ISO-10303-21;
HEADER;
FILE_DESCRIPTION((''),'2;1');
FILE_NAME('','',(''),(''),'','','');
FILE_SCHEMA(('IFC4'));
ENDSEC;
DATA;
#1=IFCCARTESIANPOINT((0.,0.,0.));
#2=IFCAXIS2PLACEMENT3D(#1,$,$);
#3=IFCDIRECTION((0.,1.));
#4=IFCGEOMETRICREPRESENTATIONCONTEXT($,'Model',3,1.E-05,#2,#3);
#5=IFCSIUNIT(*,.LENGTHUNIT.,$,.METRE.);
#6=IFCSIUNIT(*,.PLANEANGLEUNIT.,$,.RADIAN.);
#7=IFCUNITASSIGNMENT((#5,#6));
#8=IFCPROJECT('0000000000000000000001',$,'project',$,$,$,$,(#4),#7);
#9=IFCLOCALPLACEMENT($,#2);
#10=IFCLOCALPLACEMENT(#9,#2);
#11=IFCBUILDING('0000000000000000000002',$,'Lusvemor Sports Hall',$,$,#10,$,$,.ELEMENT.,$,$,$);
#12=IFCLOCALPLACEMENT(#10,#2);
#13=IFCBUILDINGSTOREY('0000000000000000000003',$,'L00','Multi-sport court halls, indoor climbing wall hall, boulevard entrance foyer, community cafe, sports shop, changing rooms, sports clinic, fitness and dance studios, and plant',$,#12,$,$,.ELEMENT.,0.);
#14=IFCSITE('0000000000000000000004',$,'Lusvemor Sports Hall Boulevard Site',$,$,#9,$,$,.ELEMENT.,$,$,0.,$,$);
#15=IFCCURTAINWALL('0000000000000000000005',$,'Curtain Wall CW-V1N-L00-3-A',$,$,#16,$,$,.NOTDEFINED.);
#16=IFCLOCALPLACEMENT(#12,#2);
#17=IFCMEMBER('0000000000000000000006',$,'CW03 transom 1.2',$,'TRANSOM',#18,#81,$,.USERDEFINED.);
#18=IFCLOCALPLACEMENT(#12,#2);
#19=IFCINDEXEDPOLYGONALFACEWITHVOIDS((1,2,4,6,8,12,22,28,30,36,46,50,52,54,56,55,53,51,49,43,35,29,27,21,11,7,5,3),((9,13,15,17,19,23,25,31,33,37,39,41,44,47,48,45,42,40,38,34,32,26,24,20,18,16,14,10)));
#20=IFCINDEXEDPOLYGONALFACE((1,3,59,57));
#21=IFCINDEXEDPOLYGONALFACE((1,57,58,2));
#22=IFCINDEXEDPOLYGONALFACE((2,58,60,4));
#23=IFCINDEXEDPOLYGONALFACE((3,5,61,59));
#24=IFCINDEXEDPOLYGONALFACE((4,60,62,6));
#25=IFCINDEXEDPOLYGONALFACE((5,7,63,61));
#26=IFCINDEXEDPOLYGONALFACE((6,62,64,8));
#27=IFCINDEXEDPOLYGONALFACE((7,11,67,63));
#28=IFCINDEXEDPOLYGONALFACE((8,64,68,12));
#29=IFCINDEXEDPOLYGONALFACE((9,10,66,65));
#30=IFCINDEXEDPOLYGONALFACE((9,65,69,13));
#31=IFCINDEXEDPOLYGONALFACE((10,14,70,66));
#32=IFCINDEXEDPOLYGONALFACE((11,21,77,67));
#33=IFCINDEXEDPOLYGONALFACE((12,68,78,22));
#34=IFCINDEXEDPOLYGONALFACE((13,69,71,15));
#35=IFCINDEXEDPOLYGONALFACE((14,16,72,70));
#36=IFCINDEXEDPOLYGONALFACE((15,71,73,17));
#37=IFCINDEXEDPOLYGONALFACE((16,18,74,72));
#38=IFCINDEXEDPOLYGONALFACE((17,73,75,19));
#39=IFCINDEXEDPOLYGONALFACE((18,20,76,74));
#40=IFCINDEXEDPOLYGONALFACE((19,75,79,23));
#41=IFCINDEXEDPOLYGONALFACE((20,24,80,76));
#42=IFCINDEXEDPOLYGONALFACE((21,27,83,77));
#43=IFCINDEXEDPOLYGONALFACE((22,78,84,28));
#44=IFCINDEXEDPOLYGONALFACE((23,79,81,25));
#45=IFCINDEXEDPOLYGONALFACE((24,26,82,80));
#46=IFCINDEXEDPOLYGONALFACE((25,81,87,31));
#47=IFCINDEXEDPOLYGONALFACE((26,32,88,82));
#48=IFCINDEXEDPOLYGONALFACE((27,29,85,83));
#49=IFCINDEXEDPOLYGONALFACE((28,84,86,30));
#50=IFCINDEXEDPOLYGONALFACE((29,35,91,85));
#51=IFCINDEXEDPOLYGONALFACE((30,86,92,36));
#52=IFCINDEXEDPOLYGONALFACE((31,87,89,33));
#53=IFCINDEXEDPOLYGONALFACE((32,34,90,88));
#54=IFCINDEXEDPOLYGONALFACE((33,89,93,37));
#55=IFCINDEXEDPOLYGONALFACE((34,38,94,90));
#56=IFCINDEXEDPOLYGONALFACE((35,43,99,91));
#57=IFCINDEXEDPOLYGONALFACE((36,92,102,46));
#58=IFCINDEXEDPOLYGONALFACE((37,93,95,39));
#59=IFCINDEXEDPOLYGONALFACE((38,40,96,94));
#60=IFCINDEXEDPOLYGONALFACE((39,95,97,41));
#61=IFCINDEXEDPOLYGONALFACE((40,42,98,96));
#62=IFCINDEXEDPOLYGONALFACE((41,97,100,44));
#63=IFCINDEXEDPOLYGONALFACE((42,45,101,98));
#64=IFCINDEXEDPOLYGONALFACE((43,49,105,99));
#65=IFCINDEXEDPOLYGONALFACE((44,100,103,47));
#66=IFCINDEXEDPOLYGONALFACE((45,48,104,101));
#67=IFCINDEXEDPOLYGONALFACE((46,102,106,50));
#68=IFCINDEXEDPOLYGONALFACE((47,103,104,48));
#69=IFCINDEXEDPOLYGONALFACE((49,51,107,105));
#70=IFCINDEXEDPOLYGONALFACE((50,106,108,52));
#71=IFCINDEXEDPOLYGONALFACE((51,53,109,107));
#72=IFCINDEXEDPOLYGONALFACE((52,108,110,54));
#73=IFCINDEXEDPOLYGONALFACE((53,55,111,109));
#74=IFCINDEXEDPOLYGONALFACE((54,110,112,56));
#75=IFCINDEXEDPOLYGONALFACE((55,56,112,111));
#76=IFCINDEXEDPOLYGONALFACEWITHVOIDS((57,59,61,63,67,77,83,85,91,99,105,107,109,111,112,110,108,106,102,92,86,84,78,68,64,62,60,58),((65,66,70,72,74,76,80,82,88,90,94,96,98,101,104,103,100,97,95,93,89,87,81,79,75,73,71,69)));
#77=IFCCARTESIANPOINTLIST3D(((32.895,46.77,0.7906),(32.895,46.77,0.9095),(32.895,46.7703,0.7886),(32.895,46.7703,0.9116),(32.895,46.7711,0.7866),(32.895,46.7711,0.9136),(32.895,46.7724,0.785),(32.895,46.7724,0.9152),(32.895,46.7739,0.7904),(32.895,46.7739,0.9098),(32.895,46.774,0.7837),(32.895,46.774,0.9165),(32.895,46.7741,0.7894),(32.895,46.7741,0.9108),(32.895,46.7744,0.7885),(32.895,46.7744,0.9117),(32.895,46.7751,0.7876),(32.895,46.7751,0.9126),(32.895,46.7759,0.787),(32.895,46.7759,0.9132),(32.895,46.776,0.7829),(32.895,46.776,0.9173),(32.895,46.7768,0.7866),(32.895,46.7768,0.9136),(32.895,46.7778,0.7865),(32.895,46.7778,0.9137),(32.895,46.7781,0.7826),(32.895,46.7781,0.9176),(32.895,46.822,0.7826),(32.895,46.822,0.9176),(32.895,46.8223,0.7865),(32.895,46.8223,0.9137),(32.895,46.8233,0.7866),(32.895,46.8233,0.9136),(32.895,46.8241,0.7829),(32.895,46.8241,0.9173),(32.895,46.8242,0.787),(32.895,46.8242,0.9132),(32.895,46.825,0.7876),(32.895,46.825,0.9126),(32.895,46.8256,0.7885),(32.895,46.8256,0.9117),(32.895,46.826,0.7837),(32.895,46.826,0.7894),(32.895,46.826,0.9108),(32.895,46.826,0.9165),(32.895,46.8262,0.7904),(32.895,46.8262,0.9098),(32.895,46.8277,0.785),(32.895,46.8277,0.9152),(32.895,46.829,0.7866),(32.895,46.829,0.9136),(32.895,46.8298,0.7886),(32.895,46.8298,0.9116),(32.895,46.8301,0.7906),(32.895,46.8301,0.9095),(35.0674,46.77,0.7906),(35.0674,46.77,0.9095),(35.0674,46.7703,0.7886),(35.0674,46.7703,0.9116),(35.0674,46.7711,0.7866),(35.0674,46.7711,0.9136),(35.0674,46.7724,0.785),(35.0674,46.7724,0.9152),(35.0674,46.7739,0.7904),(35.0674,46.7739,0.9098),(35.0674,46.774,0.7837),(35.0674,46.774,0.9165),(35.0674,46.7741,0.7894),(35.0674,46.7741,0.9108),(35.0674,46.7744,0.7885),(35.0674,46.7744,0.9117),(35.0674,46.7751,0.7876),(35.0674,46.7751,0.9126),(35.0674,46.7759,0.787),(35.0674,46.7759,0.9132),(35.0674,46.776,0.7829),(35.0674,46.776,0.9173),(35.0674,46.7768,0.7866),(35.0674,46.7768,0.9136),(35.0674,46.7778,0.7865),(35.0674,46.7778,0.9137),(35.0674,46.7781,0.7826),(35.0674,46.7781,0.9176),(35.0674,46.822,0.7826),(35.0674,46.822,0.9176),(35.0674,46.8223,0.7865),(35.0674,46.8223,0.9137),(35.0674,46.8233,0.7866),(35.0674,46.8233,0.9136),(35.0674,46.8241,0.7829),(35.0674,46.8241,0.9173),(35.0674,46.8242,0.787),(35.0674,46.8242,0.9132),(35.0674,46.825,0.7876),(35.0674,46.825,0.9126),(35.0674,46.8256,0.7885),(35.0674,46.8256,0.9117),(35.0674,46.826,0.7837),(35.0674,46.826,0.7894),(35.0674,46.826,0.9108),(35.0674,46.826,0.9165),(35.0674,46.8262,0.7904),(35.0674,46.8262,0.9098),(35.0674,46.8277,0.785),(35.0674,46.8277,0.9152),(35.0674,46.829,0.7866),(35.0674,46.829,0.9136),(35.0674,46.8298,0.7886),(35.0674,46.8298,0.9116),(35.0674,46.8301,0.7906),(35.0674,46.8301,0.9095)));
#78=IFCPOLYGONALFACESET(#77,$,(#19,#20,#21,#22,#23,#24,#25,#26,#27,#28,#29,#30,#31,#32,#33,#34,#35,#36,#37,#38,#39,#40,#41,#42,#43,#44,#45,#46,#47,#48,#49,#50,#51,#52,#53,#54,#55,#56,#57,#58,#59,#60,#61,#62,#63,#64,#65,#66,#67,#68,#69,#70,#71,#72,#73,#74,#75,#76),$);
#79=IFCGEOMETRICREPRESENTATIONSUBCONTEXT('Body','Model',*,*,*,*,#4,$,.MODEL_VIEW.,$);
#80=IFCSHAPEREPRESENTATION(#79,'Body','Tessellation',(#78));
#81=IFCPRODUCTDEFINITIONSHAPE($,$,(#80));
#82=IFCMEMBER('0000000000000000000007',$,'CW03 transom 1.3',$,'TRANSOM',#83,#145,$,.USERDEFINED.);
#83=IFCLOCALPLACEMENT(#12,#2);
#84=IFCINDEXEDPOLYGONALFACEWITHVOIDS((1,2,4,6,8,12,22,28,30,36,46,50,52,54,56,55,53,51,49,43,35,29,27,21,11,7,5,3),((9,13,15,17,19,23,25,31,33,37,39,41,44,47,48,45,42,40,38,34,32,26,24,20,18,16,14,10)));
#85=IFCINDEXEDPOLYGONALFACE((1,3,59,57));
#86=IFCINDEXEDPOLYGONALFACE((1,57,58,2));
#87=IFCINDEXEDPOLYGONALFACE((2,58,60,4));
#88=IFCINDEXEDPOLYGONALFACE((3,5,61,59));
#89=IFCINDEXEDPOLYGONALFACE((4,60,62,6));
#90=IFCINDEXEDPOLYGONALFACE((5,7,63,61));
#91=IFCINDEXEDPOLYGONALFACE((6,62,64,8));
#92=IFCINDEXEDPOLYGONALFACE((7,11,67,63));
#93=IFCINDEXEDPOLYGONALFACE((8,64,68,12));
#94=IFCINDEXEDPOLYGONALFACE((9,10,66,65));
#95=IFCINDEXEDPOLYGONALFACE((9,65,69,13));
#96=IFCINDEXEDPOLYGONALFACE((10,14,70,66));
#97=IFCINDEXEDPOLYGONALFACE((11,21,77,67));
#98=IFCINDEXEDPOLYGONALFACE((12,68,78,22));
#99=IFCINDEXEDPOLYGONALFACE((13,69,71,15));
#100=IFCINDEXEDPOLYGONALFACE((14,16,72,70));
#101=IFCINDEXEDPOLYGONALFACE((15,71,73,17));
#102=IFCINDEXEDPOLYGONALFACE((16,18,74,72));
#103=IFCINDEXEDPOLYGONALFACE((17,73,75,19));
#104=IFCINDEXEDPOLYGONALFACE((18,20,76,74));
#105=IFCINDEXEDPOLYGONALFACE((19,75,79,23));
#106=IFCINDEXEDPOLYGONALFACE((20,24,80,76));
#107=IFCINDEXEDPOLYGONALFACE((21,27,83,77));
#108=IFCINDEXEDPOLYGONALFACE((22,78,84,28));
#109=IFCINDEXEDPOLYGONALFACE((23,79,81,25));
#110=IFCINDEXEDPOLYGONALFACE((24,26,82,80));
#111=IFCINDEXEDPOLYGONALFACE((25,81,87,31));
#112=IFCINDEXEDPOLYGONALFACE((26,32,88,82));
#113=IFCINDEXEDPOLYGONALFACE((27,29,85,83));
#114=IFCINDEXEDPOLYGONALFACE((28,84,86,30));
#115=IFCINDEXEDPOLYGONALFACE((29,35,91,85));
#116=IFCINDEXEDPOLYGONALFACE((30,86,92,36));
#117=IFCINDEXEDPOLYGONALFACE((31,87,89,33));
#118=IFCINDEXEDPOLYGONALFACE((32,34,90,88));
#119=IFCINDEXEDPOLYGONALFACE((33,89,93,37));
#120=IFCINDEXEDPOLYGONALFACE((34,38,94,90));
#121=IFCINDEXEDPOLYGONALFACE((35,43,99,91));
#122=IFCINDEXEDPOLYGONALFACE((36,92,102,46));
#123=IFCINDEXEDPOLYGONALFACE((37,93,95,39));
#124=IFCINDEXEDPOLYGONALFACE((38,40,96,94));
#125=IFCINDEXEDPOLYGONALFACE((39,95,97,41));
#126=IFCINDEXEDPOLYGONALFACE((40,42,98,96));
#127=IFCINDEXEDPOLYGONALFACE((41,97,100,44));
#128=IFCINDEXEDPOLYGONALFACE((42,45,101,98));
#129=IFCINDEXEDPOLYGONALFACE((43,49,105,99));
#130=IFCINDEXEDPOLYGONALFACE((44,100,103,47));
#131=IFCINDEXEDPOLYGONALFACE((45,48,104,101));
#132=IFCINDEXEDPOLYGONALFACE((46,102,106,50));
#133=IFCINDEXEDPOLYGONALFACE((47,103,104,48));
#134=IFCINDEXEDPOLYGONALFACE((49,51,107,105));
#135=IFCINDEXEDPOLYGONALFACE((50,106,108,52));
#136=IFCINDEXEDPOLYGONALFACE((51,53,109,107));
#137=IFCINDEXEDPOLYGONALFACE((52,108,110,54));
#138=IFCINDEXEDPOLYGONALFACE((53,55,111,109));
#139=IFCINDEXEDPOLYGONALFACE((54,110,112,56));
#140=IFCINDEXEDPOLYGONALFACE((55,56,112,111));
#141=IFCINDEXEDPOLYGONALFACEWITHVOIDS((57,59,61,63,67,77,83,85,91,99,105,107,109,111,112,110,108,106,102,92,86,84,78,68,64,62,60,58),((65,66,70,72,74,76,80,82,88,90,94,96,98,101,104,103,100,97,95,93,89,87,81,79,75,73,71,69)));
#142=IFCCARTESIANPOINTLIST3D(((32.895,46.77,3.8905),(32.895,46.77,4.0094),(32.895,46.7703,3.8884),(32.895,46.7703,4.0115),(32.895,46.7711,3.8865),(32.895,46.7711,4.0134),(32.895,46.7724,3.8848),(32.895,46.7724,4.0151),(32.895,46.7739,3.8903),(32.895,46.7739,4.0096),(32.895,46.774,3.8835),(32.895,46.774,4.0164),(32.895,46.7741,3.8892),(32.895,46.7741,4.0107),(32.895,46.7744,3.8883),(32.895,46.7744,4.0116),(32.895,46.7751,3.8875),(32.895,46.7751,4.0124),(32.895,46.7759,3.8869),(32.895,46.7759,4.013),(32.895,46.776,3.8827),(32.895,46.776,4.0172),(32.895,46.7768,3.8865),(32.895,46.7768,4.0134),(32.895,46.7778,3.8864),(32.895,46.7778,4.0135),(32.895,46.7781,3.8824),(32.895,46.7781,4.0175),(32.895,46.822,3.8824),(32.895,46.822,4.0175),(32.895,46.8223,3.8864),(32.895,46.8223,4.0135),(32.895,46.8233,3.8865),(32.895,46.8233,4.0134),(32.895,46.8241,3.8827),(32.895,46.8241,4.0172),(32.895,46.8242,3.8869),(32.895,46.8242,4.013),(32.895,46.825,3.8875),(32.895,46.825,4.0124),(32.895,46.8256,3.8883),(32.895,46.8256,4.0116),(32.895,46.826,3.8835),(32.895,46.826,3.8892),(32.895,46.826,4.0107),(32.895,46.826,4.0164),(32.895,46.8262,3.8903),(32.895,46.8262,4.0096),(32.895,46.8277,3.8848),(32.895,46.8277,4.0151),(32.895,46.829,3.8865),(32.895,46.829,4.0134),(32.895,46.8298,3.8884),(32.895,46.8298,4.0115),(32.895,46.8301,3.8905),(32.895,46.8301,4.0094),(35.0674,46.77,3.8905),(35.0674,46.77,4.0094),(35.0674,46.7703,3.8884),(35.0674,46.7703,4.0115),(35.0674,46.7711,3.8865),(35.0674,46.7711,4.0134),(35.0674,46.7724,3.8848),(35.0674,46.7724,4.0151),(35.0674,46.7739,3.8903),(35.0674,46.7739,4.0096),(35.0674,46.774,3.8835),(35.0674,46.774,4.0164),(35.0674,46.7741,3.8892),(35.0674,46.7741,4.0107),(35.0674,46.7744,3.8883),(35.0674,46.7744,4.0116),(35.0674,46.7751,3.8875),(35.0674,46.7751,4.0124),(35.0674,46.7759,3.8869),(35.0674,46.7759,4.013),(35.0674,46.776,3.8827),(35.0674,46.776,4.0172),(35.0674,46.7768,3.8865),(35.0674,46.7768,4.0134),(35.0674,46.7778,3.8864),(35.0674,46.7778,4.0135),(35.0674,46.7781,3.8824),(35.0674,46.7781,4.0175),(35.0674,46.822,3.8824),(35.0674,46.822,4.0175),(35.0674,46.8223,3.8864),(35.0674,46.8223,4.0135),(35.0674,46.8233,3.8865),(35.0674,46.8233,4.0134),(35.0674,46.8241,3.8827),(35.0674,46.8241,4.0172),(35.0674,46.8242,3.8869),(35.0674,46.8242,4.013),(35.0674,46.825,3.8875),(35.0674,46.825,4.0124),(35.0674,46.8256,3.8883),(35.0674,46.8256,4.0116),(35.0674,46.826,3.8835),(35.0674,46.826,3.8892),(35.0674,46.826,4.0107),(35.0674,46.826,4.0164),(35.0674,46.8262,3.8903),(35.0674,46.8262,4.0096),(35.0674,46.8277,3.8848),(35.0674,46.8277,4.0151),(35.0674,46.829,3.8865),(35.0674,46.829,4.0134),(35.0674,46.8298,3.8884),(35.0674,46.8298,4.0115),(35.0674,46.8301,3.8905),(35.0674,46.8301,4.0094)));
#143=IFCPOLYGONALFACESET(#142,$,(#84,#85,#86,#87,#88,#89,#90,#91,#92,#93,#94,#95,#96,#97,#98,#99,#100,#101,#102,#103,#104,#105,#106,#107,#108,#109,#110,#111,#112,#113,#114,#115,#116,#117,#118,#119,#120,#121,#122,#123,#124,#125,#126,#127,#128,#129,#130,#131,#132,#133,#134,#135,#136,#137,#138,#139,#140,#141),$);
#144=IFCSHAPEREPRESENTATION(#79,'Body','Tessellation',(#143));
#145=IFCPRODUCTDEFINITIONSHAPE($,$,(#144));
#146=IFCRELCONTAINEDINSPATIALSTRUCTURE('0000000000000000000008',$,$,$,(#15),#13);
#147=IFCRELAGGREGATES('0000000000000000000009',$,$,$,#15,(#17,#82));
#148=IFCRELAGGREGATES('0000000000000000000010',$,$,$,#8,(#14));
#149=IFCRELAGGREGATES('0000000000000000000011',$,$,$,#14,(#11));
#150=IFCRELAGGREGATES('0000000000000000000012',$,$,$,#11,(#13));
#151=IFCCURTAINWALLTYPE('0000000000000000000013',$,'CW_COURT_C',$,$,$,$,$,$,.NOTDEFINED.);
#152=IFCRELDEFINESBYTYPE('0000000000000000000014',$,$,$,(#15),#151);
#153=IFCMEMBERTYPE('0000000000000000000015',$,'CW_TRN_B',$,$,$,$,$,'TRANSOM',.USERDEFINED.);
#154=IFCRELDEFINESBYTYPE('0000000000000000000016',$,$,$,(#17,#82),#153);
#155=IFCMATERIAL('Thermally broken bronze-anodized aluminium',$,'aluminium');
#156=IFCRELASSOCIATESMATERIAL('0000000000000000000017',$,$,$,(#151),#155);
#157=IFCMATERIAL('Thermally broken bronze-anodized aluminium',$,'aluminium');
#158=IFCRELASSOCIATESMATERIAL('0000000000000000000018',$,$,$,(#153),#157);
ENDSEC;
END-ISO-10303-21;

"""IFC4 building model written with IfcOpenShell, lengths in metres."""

from ifc_helpers import new_model, si_unit, direction, frame, origin, origin_2d, place, context, subcontext, project, spatial, hollow_rectangle, extrude, material, material_profile, profile_set, type_object, element, aggregate, save


model = new_model("IFC4")

# Units and contexts
model_context = context("Model", 3, precision=1e-05, world=origin(), true_north=direction((0.0, 1.0)))
body_context = subcontext(model_context, "Body", "Model", "MODEL_VIEW")
ifc_project = project(units=[si_unit("LENGTHUNIT", "METRE"), si_unit("PLANEANGLEUNIT", "RADIAN")], contexts=[model_context])

# Site, building, storey
site_placement = place(None, origin())
site = spatial("IfcSite", under=ifc_project, at=site_placement, Name="Lusvemor Sports Hall Boulevard Site", CompositionType="ELEMENT", RefElevation=0.0)
building_placement = place(site_placement, origin())
building = spatial("IfcBuilding", under=site, at=building_placement, Name="Lusvemor Sports Hall", CompositionType="ELEMENT")
storey_placement = place(building_placement, origin())
storey = spatial("IfcBuildingStorey", under=building, at=storey_placement, Name="L00", Description="Multi-sport court halls, indoor climbing wall hall, boulevard entrance foyer, community cafe, sports shop, changing rooms, sports clinic, fitness and dance studios, and plant", CompositionType="ELEMENT", Elevation=0.0)

# Curtain wall, members
ifc_material_1 = material(Name="Thermally broken bronze-anodized aluminium", Category="aluminium")
curtain_wall_type = type_object("IfcCurtainWallType", Name="CW_COURT_C", PredefinedType="NOTDEFINED", material=ifc_material_1)
curtain_wall_placement = place(storey_placement, origin())
curtain_wall = element("IfcCurtainWall", 1, at=curtain_wall_placement, inside=storey, type_object=curtain_wall_type, Name="Curtain Wall CW-V1N-L00-3-A", PredefinedType="NOTDEFINED")
ifc_material_2 = material(Name="Thermally broken bronze-anodized aluminium", Category="aluminium")
ifc_material_profile_1 = material_profile(ifc_material_2, hollow_rectangle(XDim=0.0601, YDim=0.135, WallThickness=0.0039, InnerFilletRadius=0.0039, OuterFilletRadius=0.0081, at=origin_2d()), Name="CWTRN135x60x4")
ifc_profile_set_1 = profile_set([ifc_material_profile_1], Name="Thermally broken bronze-anodized aluminium")
member_type_1 = type_object("IfcMemberType", Name="CW_TRN_B", ElementType="TRANSOM", PredefinedType="USERDEFINED", material=ifc_profile_set_1)
member_1_placement = place(storey_placement, frame((32.895, 46.8, 0.8501), z_axis=(1.0, 0.0, 0.0), x_axis=(0.0, 1.0, 0.0)))
member_1 = element("IfcMember", 2, at=member_1_placement, type_object=member_type_1, Name="CW03 transom 1.2", ObjectType="TRANSOM", PredefinedType="USERDEFINED", context=body_context, shape_type="SweptSolid", body=[
    extrude(hollow_rectangle(XDim=0.0601, YDim=0.135, WallThickness=0.0039, InnerFilletRadius=0.0039, OuterFilletRadius=0.0081, at=origin_2d()), origin(), (0.0, 0.0, 1.0), 2.1724),
])
member_2_placement = place(storey_placement, frame((32.895, 46.8, 3.95), z_axis=(1.0, 0.0, 0.0), x_axis=(0.0, 1.0, 0.0)))
member_2 = element("IfcMember", 3, at=member_2_placement, type_object=member_type_1, Name="CW03 transom 1.3", ObjectType="TRANSOM", PredefinedType="USERDEFINED", context=body_context, shape_type="SweptSolid", body=[
    extrude(hollow_rectangle(XDim=0.0601, YDim=0.135, WallThickness=0.0039, InnerFilletRadius=0.0039, OuterFilletRadius=0.0081, at=origin_2d()), origin(), (0.0, 0.0, 1.0), 2.1724),
])
aggregate(curtain_wall, [member_1, member_2])

save(model, "model.ifc")
